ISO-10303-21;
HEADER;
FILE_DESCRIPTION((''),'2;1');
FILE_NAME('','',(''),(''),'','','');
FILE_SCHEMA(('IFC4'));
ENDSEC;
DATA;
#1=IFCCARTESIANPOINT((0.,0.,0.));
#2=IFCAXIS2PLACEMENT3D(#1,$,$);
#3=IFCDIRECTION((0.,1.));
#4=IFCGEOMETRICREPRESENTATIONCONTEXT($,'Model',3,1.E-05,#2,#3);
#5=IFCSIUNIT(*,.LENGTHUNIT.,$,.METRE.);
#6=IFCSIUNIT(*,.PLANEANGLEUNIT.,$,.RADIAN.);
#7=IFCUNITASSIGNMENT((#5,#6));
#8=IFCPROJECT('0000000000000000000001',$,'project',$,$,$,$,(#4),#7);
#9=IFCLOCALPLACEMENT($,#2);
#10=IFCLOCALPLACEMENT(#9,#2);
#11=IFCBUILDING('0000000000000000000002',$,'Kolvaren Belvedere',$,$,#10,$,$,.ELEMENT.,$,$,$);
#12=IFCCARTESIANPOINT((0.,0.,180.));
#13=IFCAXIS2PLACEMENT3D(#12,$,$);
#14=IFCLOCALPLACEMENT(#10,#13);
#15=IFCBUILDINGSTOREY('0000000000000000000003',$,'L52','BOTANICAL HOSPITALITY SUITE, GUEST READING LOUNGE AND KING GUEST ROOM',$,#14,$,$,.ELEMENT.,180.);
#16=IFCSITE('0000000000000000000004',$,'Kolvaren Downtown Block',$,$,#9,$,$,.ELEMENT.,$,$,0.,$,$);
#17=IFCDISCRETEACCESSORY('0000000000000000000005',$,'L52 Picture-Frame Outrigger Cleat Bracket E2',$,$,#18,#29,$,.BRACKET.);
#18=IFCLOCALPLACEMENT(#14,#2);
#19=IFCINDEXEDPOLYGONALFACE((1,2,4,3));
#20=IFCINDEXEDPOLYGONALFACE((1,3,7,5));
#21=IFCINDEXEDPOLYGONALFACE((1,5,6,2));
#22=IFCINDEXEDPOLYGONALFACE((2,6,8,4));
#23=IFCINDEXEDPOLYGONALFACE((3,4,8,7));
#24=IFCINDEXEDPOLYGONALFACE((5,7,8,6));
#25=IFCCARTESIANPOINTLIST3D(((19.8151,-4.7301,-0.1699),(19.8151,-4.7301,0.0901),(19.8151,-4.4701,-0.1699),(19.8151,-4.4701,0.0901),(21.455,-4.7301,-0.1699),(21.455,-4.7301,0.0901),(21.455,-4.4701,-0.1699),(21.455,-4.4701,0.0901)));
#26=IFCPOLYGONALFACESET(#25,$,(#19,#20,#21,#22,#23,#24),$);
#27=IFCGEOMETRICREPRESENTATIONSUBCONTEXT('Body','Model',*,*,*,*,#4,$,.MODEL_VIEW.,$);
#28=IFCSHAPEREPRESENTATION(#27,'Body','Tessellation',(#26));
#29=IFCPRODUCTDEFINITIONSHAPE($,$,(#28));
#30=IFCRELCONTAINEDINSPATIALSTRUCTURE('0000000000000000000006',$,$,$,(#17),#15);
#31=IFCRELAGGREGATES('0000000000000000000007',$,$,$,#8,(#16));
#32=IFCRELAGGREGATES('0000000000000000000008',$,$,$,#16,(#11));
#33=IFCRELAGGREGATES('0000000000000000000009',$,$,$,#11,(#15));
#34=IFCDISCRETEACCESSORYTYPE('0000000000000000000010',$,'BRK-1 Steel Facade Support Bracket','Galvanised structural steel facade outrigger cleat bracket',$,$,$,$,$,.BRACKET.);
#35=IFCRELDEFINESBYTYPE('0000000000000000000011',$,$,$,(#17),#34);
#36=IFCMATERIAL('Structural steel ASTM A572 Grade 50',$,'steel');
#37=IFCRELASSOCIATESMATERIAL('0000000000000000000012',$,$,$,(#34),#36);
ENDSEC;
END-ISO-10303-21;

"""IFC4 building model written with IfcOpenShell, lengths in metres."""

from ifc_helpers import new_model, si_unit, direction, frame, origin, origin_2d, place, context, subcontext, project, spatial, rectangle, extrude, material, type_object, element, save


model = new_model("IFC4")

# Units and contexts
model_context = context("Model", 3, precision=1e-05, world=origin(), true_north=direction((0.0, 1.0)))
body_context = subcontext(model_context, "Body", "Model", "MODEL_VIEW")
ifc_project = project(units=[si_unit("LENGTHUNIT", "METRE"), si_unit("PLANEANGLEUNIT", "RADIAN")], contexts=[model_context])

# Site, building, storey
site_placement = place(None, origin())
site = spatial("IfcSite", under=ifc_project, at=site_placement, Name="Kolvaren Downtown Block", CompositionType="ELEMENT", RefElevation=0.0)
building_placement = place(site_placement, origin())
building = spatial("IfcBuilding", under=site, at=building_placement, Name="Kolvaren Belvedere", CompositionType="ELEMENT")
storey_placement = place(building_placement, frame((0.0, 0.0, 180.0)))
storey = spatial("IfcBuildingStorey", under=building, at=storey_placement, Name="L52", Description="BOTANICAL HOSPITALITY SUITE, GUEST READING LOUNGE AND KING GUEST ROOM", CompositionType="ELEMENT", Elevation=180.0)

# Discrete accessory
ifc_material_1 = material(Name="Structural steel ASTM A572 Grade 50", Category="steel")
discrete_accessory_type = type_object("IfcDiscreteAccessoryType", Name="BRK-1 Steel Facade Support Bracket", Description="Galvanised structural steel facade outrigger cleat bracket", PredefinedType="BRACKET", material=ifc_material_1)
discrete_accessory_placement = place(storey_placement, frame((20.635, -4.6001, -0.1699), z_axis=(0.0, 0.0, 1.0), x_axis=(1.0, 0.0, 0.0)))
element("IfcDiscreteAccessory", 1, at=discrete_accessory_placement, inside=storey, type_object=discrete_accessory_type, Name="L52 Picture-Frame Outrigger Cleat Bracket E2", PredefinedType="BRACKET", context=body_context, shape_type="SweptSolid", body=[
    extrude(rectangle(XDim=1.6399, YDim=0.26, at=origin_2d()), origin(), (0.0, 0.0, 1.0), 0.26),
])

save(model, "model.ifc")
